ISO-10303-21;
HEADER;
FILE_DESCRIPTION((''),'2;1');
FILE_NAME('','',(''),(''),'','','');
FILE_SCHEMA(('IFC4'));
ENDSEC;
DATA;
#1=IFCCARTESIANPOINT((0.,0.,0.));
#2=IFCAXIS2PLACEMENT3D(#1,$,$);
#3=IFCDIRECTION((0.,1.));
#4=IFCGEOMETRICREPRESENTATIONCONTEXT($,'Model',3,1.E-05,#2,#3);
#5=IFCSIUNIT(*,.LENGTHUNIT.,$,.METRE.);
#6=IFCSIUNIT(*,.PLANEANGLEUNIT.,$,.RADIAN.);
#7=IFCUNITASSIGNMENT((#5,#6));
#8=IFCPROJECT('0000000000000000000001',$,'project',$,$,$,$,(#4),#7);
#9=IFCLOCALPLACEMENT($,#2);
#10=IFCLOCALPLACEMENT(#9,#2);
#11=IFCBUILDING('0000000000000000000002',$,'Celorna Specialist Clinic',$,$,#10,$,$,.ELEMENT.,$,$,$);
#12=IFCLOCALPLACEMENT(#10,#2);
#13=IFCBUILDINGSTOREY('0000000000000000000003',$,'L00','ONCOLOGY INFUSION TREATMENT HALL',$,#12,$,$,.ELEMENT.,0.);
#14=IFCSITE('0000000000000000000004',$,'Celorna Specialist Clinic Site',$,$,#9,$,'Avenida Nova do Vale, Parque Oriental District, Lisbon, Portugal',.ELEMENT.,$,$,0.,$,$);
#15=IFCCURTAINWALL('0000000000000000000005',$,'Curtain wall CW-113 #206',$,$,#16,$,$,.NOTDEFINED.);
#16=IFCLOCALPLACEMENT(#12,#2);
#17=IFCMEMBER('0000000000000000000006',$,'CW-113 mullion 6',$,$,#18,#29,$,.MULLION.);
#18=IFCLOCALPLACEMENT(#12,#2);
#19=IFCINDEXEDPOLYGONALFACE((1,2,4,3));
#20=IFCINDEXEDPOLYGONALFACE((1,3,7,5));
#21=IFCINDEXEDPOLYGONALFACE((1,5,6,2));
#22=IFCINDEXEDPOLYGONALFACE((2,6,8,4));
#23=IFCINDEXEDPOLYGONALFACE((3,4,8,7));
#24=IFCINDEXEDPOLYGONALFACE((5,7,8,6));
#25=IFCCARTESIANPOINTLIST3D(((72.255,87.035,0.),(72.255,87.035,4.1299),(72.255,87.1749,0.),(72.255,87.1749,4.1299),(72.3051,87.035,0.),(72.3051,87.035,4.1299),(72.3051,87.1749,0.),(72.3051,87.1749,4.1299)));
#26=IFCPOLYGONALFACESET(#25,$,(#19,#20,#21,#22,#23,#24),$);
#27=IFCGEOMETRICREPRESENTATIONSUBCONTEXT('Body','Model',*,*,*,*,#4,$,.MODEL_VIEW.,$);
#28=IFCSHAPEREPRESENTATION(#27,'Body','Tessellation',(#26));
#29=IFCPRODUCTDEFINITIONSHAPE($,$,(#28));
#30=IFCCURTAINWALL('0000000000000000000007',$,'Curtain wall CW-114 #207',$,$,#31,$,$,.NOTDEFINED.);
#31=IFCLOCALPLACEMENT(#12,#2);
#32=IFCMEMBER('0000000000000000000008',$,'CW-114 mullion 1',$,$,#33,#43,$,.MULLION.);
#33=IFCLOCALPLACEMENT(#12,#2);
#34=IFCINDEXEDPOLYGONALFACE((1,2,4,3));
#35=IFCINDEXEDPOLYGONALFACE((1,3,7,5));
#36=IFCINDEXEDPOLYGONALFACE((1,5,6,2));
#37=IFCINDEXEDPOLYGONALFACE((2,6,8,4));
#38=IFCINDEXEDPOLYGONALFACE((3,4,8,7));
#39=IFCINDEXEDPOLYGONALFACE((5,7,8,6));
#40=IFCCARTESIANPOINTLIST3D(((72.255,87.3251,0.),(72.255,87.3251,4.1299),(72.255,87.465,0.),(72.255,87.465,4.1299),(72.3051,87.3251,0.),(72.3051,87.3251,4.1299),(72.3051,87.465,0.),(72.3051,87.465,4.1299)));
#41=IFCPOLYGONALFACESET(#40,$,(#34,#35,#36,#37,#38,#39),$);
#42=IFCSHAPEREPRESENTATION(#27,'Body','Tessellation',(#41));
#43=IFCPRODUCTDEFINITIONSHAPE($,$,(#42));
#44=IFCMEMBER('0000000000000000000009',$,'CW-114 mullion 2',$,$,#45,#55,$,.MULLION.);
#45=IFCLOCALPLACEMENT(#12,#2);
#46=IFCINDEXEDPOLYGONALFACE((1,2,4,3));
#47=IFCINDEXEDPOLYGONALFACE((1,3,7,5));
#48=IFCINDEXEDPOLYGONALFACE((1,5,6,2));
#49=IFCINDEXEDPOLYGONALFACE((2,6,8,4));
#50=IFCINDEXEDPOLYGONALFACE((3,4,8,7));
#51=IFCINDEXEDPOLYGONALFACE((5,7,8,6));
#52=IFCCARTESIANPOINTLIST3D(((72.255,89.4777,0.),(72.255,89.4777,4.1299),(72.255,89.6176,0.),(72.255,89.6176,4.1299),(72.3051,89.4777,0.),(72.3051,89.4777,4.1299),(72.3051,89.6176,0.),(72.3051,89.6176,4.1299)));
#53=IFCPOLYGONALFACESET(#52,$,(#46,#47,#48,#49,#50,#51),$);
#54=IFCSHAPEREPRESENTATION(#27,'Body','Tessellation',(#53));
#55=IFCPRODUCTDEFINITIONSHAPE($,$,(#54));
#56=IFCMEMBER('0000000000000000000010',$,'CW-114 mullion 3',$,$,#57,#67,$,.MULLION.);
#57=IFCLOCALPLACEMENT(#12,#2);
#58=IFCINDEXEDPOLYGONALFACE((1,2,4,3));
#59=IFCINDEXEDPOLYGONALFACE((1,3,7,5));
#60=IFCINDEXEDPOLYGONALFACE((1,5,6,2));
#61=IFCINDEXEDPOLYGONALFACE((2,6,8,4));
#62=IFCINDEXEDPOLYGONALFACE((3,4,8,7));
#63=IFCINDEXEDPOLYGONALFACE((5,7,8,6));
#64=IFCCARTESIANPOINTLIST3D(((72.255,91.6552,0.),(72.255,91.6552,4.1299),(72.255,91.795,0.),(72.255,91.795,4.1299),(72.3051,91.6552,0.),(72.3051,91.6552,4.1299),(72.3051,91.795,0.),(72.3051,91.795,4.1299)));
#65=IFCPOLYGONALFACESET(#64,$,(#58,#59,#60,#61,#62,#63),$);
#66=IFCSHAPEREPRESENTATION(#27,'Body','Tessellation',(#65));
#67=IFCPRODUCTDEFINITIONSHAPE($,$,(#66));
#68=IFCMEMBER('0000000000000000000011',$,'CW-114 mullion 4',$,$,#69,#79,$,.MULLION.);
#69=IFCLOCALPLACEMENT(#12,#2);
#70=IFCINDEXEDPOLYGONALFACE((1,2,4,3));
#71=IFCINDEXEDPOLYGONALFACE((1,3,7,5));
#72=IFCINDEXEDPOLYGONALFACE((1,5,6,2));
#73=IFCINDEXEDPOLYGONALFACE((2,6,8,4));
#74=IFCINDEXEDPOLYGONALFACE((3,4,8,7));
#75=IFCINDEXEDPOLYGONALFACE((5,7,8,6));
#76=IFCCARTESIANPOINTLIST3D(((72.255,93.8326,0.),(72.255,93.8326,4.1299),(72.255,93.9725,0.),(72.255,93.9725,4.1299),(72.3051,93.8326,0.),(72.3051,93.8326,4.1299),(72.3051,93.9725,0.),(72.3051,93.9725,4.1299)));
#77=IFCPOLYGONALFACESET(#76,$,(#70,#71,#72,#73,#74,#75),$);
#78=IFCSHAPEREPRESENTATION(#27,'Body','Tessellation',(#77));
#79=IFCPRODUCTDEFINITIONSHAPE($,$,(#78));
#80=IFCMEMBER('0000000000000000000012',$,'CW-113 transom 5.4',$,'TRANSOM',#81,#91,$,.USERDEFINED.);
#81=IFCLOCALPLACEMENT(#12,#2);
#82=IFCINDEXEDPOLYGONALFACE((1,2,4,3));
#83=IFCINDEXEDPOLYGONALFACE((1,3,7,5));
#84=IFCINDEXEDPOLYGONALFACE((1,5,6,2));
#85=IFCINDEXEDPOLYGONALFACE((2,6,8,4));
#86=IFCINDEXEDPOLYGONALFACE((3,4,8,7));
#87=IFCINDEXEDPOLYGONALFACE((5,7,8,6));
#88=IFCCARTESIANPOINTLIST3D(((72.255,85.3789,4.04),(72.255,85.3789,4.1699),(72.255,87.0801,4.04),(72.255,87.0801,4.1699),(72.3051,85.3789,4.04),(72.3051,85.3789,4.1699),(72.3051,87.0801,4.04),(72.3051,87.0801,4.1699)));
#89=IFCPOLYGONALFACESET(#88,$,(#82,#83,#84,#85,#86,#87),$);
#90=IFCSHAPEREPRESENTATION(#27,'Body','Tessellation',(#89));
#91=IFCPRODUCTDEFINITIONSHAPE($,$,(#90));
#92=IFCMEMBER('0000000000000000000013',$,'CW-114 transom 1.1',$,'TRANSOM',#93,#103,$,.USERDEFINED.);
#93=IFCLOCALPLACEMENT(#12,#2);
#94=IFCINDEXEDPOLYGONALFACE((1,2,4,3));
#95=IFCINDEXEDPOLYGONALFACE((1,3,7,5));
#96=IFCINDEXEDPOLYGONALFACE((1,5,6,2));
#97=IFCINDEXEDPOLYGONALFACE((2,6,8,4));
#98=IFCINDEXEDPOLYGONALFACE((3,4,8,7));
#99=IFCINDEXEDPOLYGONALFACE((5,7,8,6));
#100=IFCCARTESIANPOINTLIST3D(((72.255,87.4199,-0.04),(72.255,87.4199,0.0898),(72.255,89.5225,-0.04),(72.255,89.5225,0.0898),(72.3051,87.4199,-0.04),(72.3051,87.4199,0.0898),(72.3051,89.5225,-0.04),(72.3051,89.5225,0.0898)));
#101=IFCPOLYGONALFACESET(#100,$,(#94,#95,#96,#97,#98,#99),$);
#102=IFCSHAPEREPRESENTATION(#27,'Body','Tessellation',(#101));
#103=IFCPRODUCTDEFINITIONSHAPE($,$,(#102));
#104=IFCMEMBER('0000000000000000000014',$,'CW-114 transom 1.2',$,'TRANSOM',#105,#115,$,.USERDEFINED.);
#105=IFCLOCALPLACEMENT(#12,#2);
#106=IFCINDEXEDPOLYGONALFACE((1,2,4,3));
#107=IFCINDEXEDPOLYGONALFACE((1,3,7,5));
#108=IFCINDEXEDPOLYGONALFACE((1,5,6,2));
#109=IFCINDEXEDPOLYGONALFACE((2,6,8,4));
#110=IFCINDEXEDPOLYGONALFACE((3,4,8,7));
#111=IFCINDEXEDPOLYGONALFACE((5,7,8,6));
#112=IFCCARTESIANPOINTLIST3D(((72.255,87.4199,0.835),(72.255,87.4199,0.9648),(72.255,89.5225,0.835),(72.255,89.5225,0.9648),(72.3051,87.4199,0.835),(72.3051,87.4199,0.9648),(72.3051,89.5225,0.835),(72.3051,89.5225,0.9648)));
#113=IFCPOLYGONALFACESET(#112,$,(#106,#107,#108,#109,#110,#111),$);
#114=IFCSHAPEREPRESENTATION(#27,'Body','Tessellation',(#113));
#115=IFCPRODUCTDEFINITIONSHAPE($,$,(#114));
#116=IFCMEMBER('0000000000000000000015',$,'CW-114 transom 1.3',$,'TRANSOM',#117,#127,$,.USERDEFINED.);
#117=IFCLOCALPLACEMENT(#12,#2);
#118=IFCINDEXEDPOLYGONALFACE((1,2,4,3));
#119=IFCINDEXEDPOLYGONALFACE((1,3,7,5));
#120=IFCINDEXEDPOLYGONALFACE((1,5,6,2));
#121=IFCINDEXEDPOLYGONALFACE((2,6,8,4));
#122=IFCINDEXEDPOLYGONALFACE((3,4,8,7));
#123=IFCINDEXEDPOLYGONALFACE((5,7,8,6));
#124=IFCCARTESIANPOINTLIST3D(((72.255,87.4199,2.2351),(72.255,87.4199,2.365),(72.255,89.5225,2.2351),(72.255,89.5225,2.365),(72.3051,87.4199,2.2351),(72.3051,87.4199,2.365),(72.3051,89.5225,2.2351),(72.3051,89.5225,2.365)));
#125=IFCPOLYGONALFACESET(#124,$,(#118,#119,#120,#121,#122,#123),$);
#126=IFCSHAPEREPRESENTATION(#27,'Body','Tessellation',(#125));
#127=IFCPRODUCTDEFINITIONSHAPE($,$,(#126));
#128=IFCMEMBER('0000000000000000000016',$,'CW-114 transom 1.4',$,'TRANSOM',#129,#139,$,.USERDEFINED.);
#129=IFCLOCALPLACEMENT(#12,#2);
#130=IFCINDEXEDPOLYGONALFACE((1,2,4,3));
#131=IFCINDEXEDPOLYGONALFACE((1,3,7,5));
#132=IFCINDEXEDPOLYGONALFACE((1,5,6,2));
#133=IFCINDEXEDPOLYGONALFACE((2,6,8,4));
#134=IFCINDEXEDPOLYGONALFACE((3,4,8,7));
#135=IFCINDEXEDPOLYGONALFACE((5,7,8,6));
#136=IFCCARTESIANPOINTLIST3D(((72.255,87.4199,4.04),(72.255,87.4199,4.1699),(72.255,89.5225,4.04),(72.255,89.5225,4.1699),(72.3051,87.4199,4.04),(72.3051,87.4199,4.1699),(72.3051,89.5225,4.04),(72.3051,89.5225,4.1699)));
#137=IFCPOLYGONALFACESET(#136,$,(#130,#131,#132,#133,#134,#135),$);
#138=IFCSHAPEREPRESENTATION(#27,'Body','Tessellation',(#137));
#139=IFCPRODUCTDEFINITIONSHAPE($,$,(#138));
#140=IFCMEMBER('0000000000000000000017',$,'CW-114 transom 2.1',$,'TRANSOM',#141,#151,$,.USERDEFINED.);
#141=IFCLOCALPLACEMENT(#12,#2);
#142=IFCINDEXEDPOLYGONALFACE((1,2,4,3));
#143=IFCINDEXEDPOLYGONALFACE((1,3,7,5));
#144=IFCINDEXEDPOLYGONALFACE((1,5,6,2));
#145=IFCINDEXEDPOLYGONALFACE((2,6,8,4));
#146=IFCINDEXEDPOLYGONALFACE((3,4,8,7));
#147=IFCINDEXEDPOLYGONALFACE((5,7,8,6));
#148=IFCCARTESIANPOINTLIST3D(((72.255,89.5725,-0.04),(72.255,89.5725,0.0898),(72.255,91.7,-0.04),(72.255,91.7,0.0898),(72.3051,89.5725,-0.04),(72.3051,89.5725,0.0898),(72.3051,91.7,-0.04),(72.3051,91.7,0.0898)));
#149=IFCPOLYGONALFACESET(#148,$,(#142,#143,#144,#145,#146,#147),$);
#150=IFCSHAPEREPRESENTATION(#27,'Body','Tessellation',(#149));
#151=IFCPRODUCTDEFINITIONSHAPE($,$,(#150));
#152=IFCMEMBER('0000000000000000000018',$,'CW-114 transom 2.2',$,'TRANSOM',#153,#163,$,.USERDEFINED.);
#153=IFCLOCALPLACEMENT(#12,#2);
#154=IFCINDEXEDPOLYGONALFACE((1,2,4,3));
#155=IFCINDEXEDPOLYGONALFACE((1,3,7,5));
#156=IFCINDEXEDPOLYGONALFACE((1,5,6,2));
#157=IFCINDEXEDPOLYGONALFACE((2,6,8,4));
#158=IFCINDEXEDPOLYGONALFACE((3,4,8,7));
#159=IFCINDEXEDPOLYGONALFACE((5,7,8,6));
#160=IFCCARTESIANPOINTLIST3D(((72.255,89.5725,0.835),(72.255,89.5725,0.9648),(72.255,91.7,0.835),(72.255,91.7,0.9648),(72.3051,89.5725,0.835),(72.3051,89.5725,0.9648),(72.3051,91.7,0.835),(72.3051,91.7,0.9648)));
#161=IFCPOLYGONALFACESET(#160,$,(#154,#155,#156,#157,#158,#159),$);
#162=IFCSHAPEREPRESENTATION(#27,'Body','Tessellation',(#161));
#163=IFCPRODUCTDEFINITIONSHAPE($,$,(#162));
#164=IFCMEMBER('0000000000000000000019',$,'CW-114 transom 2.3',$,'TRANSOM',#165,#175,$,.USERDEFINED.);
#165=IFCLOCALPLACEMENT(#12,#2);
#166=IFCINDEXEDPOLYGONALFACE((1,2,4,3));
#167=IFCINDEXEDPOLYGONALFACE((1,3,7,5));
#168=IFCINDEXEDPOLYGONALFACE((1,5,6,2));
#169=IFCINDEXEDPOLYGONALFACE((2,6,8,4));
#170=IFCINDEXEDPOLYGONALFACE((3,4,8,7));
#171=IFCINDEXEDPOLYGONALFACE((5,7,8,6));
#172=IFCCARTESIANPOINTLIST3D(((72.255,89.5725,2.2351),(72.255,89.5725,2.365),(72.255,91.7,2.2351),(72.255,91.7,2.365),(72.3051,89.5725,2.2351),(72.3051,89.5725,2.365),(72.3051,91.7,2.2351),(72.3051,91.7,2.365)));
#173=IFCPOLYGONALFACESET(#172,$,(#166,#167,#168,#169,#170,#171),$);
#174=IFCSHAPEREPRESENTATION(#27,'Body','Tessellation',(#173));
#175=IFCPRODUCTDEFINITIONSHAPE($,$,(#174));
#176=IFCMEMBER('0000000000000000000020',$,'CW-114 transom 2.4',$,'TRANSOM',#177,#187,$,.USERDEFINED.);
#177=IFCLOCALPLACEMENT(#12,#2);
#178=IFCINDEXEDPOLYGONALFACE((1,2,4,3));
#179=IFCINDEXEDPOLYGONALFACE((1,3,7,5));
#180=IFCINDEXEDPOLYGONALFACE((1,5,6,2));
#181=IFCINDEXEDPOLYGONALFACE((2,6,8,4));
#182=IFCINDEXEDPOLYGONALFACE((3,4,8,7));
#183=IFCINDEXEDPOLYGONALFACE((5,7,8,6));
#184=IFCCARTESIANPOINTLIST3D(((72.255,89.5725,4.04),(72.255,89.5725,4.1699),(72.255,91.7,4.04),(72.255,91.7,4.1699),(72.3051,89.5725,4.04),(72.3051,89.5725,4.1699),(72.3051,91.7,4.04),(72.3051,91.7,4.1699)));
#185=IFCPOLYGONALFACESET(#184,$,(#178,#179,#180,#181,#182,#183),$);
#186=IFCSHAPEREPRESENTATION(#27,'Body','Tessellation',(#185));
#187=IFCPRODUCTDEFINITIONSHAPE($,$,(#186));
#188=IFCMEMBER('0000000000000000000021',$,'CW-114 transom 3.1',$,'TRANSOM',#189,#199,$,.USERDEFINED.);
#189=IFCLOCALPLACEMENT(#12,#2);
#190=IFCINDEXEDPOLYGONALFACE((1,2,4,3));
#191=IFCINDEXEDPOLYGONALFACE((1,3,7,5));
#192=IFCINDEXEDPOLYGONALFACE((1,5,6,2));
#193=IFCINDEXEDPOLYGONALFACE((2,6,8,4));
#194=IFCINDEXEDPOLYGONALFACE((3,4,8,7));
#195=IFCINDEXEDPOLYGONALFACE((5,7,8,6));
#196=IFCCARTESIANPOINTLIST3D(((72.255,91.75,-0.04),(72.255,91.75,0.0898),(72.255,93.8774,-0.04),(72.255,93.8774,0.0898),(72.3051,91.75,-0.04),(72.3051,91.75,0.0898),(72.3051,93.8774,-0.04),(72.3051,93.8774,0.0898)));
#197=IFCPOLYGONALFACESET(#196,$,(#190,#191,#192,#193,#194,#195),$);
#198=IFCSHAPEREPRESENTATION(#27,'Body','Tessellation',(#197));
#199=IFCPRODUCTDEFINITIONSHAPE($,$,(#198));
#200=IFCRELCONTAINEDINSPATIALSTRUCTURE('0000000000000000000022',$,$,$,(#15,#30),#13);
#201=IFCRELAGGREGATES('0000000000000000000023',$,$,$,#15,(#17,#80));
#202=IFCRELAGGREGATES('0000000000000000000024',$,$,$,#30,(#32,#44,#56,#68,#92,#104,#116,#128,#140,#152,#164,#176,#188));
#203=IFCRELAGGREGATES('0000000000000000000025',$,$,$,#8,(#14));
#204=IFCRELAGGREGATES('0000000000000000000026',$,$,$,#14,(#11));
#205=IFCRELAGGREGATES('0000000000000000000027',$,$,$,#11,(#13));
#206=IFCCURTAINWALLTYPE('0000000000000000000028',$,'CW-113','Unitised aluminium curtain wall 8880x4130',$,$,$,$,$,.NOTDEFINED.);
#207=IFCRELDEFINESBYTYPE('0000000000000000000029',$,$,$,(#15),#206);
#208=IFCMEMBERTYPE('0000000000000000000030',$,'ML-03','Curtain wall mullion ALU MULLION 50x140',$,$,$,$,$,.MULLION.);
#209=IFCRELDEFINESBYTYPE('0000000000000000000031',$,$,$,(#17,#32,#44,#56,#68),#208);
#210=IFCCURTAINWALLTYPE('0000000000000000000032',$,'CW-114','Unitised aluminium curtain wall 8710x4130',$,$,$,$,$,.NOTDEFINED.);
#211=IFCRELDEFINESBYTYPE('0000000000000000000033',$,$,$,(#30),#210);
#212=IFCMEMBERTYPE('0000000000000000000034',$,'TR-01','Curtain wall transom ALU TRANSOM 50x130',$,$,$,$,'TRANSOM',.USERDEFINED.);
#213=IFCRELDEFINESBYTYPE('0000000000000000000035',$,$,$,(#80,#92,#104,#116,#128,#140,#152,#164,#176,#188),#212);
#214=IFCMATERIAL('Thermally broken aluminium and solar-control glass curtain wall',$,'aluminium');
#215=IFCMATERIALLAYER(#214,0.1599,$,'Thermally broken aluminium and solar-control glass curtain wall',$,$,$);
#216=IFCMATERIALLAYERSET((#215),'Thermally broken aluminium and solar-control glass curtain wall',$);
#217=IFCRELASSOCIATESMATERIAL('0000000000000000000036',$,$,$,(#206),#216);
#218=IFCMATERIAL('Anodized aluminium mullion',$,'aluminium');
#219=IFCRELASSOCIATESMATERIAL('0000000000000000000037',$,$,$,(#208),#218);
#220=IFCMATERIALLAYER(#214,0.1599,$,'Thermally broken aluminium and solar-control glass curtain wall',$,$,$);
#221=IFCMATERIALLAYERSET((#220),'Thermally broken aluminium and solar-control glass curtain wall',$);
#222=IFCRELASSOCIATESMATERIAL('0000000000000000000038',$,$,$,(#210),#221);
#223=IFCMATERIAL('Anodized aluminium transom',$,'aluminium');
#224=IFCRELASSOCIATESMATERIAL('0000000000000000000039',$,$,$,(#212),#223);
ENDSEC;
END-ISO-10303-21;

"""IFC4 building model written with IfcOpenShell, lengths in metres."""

from ifc_helpers import new_model, si_unit, direction, frame, origin, origin_2d, place, context, subcontext, project, spatial, rectangle, extrude, material, layer, layer_set, material_profile, profile_set, type_object, element, aggregate, save


model = new_model("IFC4")

# Units and contexts
model_context = context("Model", 3, precision=1e-05, world=origin(), true_north=direction((0.0, 1.0)))
body_context = subcontext(model_context, "Body", "Model", "MODEL_VIEW")
ifc_project = project(units=[si_unit("LENGTHUNIT", "METRE"), si_unit("PLANEANGLEUNIT", "RADIAN")], contexts=[model_context])

# Site, building, storey
site_placement = place(None, origin())
site = spatial("IfcSite", under=ifc_project, at=site_placement, Name="Celorna Specialist Clinic Site", LongName="Avenida Nova do Vale, Parque Oriental District, Lisbon, Portugal", CompositionType="ELEMENT", RefElevation=0.0)
building_placement = place(site_placement, origin())
building = spatial("IfcBuilding", under=site, at=building_placement, Name="Celorna Specialist Clinic", CompositionType="ELEMENT")
storey_placement = place(building_placement, origin())
storey = spatial("IfcBuildingStorey", under=building, at=storey_placement, Name="L00", Description="ONCOLOGY INFUSION TREATMENT HALL", CompositionType="ELEMENT", Elevation=0.0)

# Curtain wall, member
ifc_material_1 = material(Name="Thermally broken aluminium and solar-control glass curtain wall", Category="aluminium")
ifc_layer_1 = layer(ifc_material_1, 0.1599, Name="Thermally broken aluminium and solar-control glass curtain wall")
ifc_layer_set_1 = layer_set([ifc_layer_1], Name="Thermally broken aluminium and solar-control glass curtain wall")
curtain_wall_type_1 = type_object("IfcCurtainWallType", Name="CW-113", Description="Unitised aluminium curtain wall 8880x4130", PredefinedType="NOTDEFINED", material=ifc_layer_set_1)
curtain_wall_1_placement = place(storey_placement, origin())
curtain_wall_1 = element("IfcCurtainWall", 1, at=curtain_wall_1_placement, inside=storey, type_object=curtain_wall_type_1, Name="Curtain wall CW-113 #206", PredefinedType="NOTDEFINED")
ifc_material_2 = material(Name="Anodized aluminium mullion", Category="aluminium")
ifc_material_profile_1 = material_profile(ifc_material_2, rectangle(XDim=0.05, YDim=0.1399, at=origin_2d()), Name="ALU MULLION 50x140")
ifc_profile_set_1 = profile_set([ifc_material_profile_1], Name="Anodized aluminium mullion")
member_type_1 = type_object("IfcMemberType", Name="ML-03", Description="Curtain wall mullion ALU MULLION 50x140", PredefinedType="MULLION", material=ifc_profile_set_1)
member_1_placement = place(storey_placement, frame((72.28, 87.105, 0.0), z_axis=(0.0, 0.0, 1.0), x_axis=(-1.0, 0.0, 0.0)))
member_1 = element("IfcMember", 2, at=member_1_placement, type_object=member_type_1, Name="CW-113 mullion 6", PredefinedType="MULLION", context=body_context, shape_type="SweptSolid", body=[
    extrude(rectangle(XDim=0.05, YDim=0.1399, at=origin_2d()), origin(), (0.0, 0.0, 1.0), 4.1299),
])

# Curtain wall, members
ifc_layer_2 = layer(ifc_material_1, 0.1599, Name="Thermally broken aluminium and solar-control glass curtain wall")
ifc_layer_set_2 = layer_set([ifc_layer_2], Name="Thermally broken aluminium and solar-control glass curtain wall")
curtain_wall_type_2 = type_object("IfcCurtainWallType", Name="CW-114", Description="Unitised aluminium curtain wall 8710x4130", PredefinedType="NOTDEFINED", material=ifc_layer_set_2)
curtain_wall_2_placement = place(storey_placement, origin())
curtain_wall_2 = element("IfcCurtainWall", 3, at=curtain_wall_2_placement, inside=storey, type_object=curtain_wall_type_2, Name="Curtain wall CW-114 #207", PredefinedType="NOTDEFINED")
member_2_placement = place(storey_placement, frame((72.28, 87.395, 0.0), z_axis=(0.0, 0.0, 1.0), x_axis=(-1.0, 0.0, 0.0)))
member_2 = element("IfcMember", 4, at=member_2_placement, type_object=member_type_1, Name="CW-114 mullion 1", PredefinedType="MULLION", context=body_context, shape_type="SweptSolid", body=[
    extrude(rectangle(XDim=0.05, YDim=0.1399, at=origin_2d()), origin(), (0.0, 0.0, 1.0), 4.1299),
])
member_3_placement = place(storey_placement, frame((72.28, 89.5476, 0.0), z_axis=(0.0, 0.0, 1.0), x_axis=(-1.0, 0.0, 0.0)))
member_3 = element("IfcMember", 5, at=member_3_placement, type_object=member_type_1, Name="CW-114 mullion 2", PredefinedType="MULLION", context=body_context, shape_type="SweptSolid", body=[
    extrude(rectangle(XDim=0.05, YDim=0.1399, at=origin_2d()), origin(), (0.0, 0.0, 1.0), 4.1299),
])
member_4_placement = place(storey_placement, frame((72.28, 91.7251, 0.0), z_axis=(0.0, 0.0, 1.0), x_axis=(-1.0, 0.0, 0.0)))
member_4 = element("IfcMember", 6, at=member_4_placement, type_object=member_type_1, Name="CW-114 mullion 3", PredefinedType="MULLION", context=body_context, shape_type="SweptSolid", body=[
    extrude(rectangle(XDim=0.05, YDim=0.1399, at=origin_2d()), origin(), (0.0, 0.0, 1.0), 4.1299),
])
member_5_placement = place(storey_placement, frame((72.28, 93.9026, 0.0), z_axis=(0.0, 0.0, 1.0), x_axis=(-1.0, 0.0, 0.0)))
member_5 = element("IfcMember", 7, at=member_5_placement, type_object=member_type_1, Name="CW-114 mullion 4", PredefinedType="MULLION", context=body_context, shape_type="SweptSolid", body=[
    extrude(rectangle(XDim=0.05, YDim=0.1399, at=origin_2d()), origin(), (0.0, 0.0, 1.0), 4.1299),
])

# Members
ifc_material_3 = material(Name="Anodized aluminium transom", Category="aluminium")
ifc_material_profile_2 = material_profile(ifc_material_3, rectangle(XDim=0.05, YDim=0.1299, at=origin_2d()), Name="ALU TRANSOM 50x130")
ifc_profile_set_2 = profile_set([ifc_material_profile_2], Name="Anodized aluminium transom")
member_type_2 = type_object("IfcMemberType", Name="TR-01", Description="Curtain wall transom ALU TRANSOM 50x130", ElementType="TRANSOM", PredefinedType="USERDEFINED", material=ifc_profile_set_2)
member_6_placement = place(storey_placement, frame((72.28, 85.3789, 4.105), z_axis=(0.0, 1.0, 0.0), x_axis=(-1.0, 0.0, 0.0)))
member_6 = element("IfcMember", 8, at=member_6_placement, type_object=member_type_2, Name="CW-113 transom 5.4", ObjectType="TRANSOM", PredefinedType="USERDEFINED", context=body_context, shape_type="SweptSolid", body=[
    extrude(rectangle(XDim=0.05, YDim=0.1299, at=origin_2d()), origin(), (0.0, 0.0, 1.0), 1.7012),
])
member_7_placement = place(storey_placement, frame((72.28, 87.4199, 0.0249), z_axis=(0.0, 1.0, 0.0), x_axis=(-1.0, 0.0, 0.0)))
member_7 = element("IfcMember", 9, at=member_7_placement, type_object=member_type_2, Name="CW-114 transom 1.1", ObjectType="TRANSOM", PredefinedType="USERDEFINED", context=body_context, shape_type="SweptSolid", body=[
    extrude(rectangle(XDim=0.05, YDim=0.1299, at=origin_2d()), origin(), (0.0, 0.0, 1.0), 2.1025),
])
member_8_placement = place(storey_placement, frame((72.28, 87.4199, 0.8999), z_axis=(0.0, 1.0, 0.0), x_axis=(-1.0, 0.0, 0.0)))
member_8 = element("IfcMember", 10, at=member_8_placement, type_object=member_type_2, Name="CW-114 transom 1.2", ObjectType="TRANSOM", PredefinedType="USERDEFINED", context=body_context, shape_type="SweptSolid", body=[
    extrude(rectangle(XDim=0.05, YDim=0.1299, at=origin_2d()), origin(), (0.0, 0.0, 1.0), 2.1025),
])
member_9_placement = place(storey_placement, frame((72.28, 87.4199, 2.3), z_axis=(0.0, 1.0, 0.0), x_axis=(-1.0, 0.0, 0.0)))
member_9 = element("IfcMember", 11, at=member_9_placement, type_object=member_type_2, Name="CW-114 transom 1.3", ObjectType="TRANSOM", PredefinedType="USERDEFINED", context=body_context, shape_type="SweptSolid", body=[
    extrude(rectangle(XDim=0.05, YDim=0.1299, at=origin_2d()), origin(), (0.0, 0.0, 1.0), 2.1025),
])
member_10_placement = place(storey_placement, frame((72.28, 87.4199, 4.105), z_axis=(0.0, 1.0, 0.0), x_axis=(-1.0, 0.0, 0.0)))
member_10 = element("IfcMember", 12, at=member_10_placement, type_object=member_type_2, Name="CW-114 transom 1.4", ObjectType="TRANSOM", PredefinedType="USERDEFINED", context=body_context, shape_type="SweptSolid", body=[
    extrude(rectangle(XDim=0.05, YDim=0.1299, at=origin_2d()), origin(), (0.0, 0.0, 1.0), 2.1025),
])
member_11_placement = place(storey_placement, frame((72.28, 89.5725, 0.0249), z_axis=(0.0, 1.0, 0.0), x_axis=(-1.0, 0.0, 0.0)))
member_11 = element("IfcMember", 13, at=member_11_placement, type_object=member_type_2, Name="CW-114 transom 2.1", ObjectType="TRANSOM", PredefinedType="USERDEFINED", context=body_context, shape_type="SweptSolid", body=[
    extrude(rectangle(XDim=0.05, YDim=0.1299, at=origin_2d()), origin(), (0.0, 0.0, 1.0), 2.1274),
])
member_12_placement = place(storey_placement, frame((72.28, 89.5725, 0.8999), z_axis=(0.0, 1.0, 0.0), x_axis=(-1.0, 0.0, 0.0)))
member_12 = element("IfcMember", 14, at=member_12_placement, type_object=member_type_2, Name="CW-114 transom 2.2", ObjectType="TRANSOM", PredefinedType="USERDEFINED", context=body_context, shape_type="SweptSolid", body=[
    extrude(rectangle(XDim=0.05, YDim=0.1299, at=origin_2d()), origin(), (0.0, 0.0, 1.0), 2.1274),
])
member_13_placement = place(storey_placement, frame((72.28, 89.5725, 2.3), z_axis=(0.0, 1.0, 0.0), x_axis=(-1.0, 0.0, 0.0)))
member_13 = element("IfcMember", 15, at=member_13_placement, type_object=member_type_2, Name="CW-114 transom 2.3", ObjectType="TRANSOM", PredefinedType="USERDEFINED", context=body_context, shape_type="SweptSolid", body=[
    extrude(rectangle(XDim=0.05, YDim=0.1299, at=origin_2d()), origin(), (0.0, 0.0, 1.0), 2.1274),
])
member_14_placement = place(storey_placement, frame((72.28, 89.5725, 4.105), z_axis=(0.0, 1.0, 0.0), x_axis=(-1.0, 0.0, 0.0)))
member_14 = element("IfcMember", 16, at=member_14_placement, type_object=member_type_2, Name="CW-114 transom 2.4", ObjectType="TRANSOM", PredefinedType="USERDEFINED", context=body_context, shape_type="SweptSolid", body=[
    extrude(rectangle(XDim=0.05, YDim=0.1299, at=origin_2d()), origin(), (0.0, 0.0, 1.0), 2.1274),
])
member_15_placement = place(storey_placement, frame((72.28, 91.75, 0.0249), z_axis=(0.0, 1.0, 0.0), x_axis=(-1.0, 0.0, 0.0)))
member_15 = element("IfcMember", 17, at=member_15_placement, type_object=member_type_2, Name="CW-114 transom 3.1", ObjectType="TRANSOM", PredefinedType="USERDEFINED", context=body_context, shape_type="SweptSolid", body=[
    extrude(rectangle(XDim=0.05, YDim=0.1299, at=origin_2d()), origin(), (0.0, 0.0, 1.0), 2.1274),
])

aggregate(curtain_wall_1, [member_1, member_6])
aggregate(curtain_wall_2, [member_2, member_3, member_4, member_5, member_7, member_8, member_9, member_10, member_11, member_12, member_13, member_14, member_15])

save(model, "model.ifc")
